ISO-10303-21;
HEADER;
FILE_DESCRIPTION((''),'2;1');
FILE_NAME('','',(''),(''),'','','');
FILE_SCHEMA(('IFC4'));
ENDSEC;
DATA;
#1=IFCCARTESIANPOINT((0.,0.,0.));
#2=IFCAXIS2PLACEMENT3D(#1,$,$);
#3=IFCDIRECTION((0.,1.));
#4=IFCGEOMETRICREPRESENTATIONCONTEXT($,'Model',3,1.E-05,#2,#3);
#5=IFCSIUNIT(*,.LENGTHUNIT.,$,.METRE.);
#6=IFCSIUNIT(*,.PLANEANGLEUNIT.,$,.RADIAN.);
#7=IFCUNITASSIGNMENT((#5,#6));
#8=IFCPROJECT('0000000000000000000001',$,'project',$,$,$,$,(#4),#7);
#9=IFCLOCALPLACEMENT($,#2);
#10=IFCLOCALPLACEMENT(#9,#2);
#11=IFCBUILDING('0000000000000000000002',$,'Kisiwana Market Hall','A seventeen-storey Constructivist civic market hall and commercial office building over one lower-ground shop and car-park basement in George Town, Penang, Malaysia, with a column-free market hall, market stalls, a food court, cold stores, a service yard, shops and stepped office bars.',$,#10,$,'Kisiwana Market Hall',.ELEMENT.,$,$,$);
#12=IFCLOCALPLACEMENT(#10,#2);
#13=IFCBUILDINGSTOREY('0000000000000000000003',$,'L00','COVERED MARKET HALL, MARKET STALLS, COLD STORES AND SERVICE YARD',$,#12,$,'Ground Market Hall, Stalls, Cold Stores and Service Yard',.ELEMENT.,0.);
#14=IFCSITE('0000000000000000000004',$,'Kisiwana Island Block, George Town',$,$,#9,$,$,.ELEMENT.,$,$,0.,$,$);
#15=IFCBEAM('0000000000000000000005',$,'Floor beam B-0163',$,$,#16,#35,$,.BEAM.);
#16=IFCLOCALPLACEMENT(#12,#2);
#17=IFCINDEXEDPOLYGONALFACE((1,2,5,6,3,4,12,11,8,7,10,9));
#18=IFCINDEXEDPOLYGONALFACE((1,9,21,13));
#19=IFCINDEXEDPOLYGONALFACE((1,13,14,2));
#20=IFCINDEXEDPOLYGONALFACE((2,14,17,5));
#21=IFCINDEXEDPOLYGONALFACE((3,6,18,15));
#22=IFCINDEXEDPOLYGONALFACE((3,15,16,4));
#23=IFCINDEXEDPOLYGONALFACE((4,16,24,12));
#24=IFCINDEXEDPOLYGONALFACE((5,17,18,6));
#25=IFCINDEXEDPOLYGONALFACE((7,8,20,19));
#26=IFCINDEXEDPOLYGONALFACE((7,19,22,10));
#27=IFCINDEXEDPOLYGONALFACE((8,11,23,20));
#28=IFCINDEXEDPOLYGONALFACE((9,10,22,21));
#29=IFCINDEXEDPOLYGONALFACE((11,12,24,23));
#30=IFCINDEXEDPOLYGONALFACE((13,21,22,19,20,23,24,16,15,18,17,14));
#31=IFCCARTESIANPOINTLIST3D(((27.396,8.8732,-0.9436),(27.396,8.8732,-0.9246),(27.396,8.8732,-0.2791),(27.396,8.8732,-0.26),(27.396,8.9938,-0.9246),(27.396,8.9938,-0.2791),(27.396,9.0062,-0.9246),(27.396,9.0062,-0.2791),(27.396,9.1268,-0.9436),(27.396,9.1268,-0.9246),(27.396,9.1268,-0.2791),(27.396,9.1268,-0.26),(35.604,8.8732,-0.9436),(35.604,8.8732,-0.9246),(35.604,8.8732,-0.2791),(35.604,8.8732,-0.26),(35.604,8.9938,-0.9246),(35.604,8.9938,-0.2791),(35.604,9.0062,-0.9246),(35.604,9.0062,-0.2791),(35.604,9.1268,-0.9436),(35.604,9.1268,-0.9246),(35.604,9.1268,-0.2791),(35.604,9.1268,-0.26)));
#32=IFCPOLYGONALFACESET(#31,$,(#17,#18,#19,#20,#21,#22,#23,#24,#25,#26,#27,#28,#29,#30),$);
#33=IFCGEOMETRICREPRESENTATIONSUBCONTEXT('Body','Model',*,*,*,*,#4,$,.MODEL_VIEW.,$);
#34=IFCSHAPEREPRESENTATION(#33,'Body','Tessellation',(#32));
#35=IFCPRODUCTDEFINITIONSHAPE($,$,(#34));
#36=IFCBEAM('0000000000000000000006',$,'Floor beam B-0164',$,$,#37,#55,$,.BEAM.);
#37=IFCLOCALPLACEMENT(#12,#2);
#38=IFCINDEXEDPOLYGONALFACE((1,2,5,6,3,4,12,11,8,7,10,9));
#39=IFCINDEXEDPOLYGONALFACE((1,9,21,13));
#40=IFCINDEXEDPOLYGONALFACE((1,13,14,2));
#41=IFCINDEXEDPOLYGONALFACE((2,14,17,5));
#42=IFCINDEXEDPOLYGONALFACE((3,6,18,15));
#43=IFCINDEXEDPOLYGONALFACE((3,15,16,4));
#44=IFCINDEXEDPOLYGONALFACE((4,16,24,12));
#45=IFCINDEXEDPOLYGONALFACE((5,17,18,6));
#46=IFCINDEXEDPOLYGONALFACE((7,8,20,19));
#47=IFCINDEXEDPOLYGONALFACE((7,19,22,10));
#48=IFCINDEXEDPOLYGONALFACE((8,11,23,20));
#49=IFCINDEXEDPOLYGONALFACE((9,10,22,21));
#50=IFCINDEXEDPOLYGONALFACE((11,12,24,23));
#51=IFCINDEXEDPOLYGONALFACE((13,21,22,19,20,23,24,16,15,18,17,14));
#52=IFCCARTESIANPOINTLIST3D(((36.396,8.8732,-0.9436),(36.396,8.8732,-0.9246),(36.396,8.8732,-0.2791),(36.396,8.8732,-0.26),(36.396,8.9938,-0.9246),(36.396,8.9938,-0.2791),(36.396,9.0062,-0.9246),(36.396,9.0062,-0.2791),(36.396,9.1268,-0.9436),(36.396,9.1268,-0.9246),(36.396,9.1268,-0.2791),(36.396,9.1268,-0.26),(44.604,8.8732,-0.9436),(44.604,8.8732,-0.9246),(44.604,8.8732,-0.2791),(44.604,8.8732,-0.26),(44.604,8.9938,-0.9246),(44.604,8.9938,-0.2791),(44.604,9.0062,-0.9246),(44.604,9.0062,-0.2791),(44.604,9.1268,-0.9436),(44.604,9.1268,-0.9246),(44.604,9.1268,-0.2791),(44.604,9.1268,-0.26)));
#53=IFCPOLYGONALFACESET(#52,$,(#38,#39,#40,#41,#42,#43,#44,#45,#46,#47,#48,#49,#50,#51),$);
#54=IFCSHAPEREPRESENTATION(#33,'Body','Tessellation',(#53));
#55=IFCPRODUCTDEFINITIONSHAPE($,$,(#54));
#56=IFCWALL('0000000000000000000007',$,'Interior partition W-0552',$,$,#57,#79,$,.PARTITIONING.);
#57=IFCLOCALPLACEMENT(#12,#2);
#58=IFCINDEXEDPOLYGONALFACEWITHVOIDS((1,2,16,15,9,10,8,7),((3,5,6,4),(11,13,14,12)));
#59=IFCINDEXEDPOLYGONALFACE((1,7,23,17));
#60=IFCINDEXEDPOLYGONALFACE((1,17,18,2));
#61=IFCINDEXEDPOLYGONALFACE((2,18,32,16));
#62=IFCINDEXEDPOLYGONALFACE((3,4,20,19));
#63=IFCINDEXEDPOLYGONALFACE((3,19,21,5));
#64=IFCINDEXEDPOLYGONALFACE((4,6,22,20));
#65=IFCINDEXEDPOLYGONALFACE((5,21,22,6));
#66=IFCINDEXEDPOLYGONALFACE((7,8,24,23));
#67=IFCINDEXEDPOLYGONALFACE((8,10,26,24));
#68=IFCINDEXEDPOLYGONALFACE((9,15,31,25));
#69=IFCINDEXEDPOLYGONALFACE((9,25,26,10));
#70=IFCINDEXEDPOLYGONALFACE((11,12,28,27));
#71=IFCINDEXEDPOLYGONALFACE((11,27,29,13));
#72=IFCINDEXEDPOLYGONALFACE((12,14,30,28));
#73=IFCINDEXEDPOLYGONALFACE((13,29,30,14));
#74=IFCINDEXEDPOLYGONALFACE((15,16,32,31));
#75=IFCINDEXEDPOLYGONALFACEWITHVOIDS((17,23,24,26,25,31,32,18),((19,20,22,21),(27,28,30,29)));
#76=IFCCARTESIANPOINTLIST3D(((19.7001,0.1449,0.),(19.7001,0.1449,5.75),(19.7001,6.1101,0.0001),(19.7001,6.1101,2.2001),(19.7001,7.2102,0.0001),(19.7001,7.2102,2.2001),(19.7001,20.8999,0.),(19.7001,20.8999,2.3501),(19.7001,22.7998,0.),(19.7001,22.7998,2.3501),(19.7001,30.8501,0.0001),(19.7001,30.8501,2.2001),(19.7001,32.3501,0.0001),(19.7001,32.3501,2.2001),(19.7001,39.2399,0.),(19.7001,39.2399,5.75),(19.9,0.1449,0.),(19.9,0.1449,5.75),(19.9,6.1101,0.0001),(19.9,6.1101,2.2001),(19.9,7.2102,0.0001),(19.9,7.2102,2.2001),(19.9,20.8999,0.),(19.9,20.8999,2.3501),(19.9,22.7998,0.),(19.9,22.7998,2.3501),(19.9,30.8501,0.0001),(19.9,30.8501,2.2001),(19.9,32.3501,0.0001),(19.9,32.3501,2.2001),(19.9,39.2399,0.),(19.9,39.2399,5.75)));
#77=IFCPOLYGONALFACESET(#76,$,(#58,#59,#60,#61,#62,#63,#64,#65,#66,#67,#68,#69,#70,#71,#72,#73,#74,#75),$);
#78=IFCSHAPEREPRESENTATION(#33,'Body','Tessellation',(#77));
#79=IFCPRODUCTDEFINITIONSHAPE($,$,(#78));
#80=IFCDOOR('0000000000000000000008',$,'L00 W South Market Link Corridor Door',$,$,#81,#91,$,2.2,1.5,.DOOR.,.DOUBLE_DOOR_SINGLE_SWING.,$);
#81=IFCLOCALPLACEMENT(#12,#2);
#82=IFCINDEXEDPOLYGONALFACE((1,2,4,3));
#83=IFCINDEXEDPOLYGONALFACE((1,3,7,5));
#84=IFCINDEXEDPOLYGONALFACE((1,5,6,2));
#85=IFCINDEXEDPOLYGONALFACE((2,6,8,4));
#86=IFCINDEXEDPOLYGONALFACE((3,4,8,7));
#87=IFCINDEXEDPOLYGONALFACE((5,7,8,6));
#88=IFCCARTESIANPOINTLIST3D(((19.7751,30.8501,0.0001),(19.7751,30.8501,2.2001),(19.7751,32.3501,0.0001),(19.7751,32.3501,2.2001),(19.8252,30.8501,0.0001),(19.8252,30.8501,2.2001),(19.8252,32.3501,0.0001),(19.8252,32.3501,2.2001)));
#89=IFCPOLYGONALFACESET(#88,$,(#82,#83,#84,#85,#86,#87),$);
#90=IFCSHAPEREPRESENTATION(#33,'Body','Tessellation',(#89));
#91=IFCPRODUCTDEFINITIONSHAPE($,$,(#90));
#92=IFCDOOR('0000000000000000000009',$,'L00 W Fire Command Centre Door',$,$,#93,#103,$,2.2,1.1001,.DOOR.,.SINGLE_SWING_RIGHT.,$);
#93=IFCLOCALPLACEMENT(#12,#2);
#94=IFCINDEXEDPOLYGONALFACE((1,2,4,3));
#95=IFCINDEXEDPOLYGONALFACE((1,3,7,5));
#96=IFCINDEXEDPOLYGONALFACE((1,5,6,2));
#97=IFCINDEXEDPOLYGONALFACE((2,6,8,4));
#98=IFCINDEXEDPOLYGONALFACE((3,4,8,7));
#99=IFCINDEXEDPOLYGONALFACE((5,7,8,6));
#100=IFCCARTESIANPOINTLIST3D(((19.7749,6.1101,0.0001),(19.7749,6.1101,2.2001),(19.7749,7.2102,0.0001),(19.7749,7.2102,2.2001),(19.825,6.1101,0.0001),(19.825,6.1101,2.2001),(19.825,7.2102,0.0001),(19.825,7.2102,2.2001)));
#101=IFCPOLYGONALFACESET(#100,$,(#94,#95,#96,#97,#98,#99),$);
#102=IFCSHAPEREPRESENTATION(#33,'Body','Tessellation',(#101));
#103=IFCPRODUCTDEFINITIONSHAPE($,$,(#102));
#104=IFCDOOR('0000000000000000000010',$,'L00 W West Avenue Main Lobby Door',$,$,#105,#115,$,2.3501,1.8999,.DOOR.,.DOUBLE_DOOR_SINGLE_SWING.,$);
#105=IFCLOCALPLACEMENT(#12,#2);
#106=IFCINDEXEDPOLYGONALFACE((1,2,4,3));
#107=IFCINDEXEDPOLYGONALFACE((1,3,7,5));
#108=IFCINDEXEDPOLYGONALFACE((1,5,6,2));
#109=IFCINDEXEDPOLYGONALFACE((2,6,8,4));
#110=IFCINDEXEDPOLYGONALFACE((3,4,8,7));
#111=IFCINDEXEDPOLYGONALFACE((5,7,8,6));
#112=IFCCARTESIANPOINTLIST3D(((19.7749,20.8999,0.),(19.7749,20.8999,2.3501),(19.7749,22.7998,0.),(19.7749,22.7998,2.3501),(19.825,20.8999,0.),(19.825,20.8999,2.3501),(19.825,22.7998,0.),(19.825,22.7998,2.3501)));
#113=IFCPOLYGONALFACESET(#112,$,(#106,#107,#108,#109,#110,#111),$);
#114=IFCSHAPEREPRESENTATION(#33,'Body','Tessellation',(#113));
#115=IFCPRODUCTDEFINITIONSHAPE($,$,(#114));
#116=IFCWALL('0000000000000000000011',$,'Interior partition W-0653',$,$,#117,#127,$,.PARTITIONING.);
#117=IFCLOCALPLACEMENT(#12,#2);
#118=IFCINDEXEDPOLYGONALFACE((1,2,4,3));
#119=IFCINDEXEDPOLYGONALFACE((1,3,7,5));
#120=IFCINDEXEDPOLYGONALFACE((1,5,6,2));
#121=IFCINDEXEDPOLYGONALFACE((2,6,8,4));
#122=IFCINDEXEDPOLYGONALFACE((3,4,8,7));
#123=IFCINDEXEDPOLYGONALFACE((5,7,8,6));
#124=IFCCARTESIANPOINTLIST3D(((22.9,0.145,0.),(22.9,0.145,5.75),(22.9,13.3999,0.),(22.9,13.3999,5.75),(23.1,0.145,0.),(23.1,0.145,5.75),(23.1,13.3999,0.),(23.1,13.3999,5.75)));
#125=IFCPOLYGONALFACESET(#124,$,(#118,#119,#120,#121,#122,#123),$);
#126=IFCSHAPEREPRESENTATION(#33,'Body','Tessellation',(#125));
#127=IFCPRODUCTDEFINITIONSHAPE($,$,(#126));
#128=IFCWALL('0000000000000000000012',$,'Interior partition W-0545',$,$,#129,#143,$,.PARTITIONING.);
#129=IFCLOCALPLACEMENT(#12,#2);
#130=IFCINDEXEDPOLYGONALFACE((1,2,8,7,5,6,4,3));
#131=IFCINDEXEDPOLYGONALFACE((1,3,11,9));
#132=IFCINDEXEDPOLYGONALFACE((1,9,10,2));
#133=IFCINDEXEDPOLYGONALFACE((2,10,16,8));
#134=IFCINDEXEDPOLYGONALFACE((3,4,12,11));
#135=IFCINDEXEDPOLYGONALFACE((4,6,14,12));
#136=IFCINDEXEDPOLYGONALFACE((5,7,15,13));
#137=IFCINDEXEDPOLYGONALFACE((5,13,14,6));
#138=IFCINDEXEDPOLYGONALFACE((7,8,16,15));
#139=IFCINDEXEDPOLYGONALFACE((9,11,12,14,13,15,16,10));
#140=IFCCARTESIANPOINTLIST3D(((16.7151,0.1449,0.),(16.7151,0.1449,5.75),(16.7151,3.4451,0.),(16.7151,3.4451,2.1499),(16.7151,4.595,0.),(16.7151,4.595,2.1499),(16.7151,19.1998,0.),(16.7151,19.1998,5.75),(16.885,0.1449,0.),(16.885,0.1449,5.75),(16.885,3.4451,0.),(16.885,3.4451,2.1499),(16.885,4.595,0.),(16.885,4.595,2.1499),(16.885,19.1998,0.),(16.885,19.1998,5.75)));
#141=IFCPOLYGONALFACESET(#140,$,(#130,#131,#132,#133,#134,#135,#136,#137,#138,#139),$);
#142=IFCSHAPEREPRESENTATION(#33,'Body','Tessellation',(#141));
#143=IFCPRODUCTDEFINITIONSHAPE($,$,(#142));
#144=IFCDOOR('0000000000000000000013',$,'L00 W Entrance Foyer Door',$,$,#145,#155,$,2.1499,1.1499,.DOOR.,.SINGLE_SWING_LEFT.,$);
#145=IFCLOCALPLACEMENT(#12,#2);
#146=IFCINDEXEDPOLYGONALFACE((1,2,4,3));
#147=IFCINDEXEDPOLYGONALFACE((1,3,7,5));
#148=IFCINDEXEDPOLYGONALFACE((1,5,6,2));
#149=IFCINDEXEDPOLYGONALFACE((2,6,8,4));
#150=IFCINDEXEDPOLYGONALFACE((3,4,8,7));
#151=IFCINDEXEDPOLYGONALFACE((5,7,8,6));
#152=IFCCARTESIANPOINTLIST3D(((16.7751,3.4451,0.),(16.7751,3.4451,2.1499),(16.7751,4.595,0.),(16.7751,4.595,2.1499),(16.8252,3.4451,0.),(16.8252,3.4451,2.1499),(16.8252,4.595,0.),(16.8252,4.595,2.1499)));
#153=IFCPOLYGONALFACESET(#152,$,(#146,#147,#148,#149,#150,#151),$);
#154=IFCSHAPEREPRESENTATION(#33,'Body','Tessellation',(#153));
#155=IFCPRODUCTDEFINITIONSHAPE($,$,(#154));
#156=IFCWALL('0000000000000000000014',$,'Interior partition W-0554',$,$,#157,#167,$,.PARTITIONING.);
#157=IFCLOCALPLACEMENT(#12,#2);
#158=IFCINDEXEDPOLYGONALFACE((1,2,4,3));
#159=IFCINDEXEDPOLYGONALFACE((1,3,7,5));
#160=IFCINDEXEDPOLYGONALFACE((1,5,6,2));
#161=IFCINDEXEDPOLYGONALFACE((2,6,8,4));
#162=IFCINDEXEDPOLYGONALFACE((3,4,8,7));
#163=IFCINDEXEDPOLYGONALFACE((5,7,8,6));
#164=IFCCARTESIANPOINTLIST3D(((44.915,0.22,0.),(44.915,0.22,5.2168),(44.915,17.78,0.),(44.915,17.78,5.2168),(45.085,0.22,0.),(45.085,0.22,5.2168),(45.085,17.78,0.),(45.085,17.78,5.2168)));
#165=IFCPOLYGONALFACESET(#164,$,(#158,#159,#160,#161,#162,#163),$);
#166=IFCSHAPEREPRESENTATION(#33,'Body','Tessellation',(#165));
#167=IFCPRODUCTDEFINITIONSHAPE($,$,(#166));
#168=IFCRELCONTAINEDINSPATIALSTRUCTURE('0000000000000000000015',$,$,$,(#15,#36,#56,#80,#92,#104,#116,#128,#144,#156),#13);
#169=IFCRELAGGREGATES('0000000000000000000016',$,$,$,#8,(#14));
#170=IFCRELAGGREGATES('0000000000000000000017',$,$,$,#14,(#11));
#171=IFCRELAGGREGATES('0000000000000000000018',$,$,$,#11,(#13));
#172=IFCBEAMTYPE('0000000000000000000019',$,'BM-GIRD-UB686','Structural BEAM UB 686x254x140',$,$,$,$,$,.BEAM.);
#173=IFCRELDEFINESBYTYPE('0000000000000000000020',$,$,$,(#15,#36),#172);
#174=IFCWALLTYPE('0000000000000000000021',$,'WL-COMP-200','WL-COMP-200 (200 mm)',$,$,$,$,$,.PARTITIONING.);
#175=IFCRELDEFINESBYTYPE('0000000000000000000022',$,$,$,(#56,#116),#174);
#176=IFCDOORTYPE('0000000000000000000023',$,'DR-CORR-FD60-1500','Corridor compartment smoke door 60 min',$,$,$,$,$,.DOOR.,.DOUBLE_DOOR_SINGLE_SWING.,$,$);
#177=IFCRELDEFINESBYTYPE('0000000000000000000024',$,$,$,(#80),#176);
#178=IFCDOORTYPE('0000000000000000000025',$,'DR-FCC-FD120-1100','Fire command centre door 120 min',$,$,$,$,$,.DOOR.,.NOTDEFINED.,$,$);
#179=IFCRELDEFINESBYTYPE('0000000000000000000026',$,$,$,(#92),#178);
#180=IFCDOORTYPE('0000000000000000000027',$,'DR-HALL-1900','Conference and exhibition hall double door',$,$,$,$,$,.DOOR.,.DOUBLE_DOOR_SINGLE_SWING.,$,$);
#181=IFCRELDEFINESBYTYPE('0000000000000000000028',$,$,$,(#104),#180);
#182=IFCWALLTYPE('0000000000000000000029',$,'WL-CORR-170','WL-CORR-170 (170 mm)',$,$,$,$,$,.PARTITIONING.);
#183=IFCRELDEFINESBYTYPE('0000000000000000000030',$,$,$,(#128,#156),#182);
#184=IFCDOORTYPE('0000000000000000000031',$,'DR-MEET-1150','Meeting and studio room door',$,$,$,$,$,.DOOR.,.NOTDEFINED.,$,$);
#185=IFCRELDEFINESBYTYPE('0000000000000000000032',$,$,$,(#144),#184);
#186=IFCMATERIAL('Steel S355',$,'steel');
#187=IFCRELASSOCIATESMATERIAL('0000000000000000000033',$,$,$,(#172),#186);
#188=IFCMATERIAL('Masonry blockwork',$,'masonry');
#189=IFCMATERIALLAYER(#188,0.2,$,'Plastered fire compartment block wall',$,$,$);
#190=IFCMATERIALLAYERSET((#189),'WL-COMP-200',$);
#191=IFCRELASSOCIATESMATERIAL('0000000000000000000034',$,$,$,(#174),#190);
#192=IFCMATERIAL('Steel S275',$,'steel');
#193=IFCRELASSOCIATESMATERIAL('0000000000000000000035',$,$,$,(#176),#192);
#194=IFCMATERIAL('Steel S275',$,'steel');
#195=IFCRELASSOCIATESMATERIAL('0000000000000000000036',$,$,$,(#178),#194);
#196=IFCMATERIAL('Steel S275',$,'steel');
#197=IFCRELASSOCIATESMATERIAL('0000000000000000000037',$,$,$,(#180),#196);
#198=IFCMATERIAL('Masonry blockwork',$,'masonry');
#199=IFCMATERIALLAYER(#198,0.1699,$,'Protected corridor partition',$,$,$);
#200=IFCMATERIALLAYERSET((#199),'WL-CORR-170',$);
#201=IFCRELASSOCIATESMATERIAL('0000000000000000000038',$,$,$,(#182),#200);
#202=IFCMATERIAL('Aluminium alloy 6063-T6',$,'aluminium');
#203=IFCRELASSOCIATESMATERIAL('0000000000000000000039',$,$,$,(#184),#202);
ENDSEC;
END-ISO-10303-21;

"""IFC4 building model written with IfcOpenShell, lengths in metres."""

from ifc_helpers import new_model, si_unit, direction, frame, frame_2d, origin, origin_2d, place, context, subcontext, project, spatial, rectangle, i_section, extrude, material, layer, layer_set, material_profile, profile_set, type_object, element, fill, save


model = new_model("IFC4")

# Units and contexts
model_context = context("Model", 3, precision=1e-05, world=origin(), true_north=direction((0.0, 1.0)))
body_context = subcontext(model_context, "Body", "Model", "MODEL_VIEW")
ifc_project = project(units=[si_unit("LENGTHUNIT", "METRE"), si_unit("PLANEANGLEUNIT", "RADIAN")], contexts=[model_context])

# Site, building, storey
site_placement = place(None, origin())
site = spatial("IfcSite", under=ifc_project, at=site_placement, Name="Kisiwana Island Block, George Town", CompositionType="ELEMENT", RefElevation=0.0)
building_placement = place(site_placement, origin())
building = spatial("IfcBuilding", under=site, at=building_placement, Name="Kisiwana Market Hall", Description="A seventeen-storey Constructivist civic market hall and commercial office building over one lower-ground shop and car-park basement in George Town, Penang, Malaysia, with a column-free market hall, market stalls, a food court, cold stores, a service yard, shops and stepped office bars.", LongName="Kisiwana Market Hall", CompositionType="ELEMENT")
storey_placement = place(building_placement, origin())
storey = spatial("IfcBuildingStorey", under=building, at=storey_placement, Name="L00", Description="COVERED MARKET HALL, MARKET STALLS, COLD STORES AND SERVICE YARD", LongName="Ground Market Hall, Stalls, Cold Stores and Service Yard", CompositionType="ELEMENT", Elevation=0.0)

# Beams
ifc_material_1 = material(Name="Steel S355", Category="steel")
ifc_material_profile_1 = material_profile(ifc_material_1, i_section(OverallWidth=0.2537, OverallDepth=0.6836, WebThickness=0.0125, FlangeThickness=0.019, at=origin_2d()), Name="UB 686x254x140")
ifc_profile_set_1 = profile_set([ifc_material_profile_1], Name="Steel S355")
beam_type_1 = type_object("IfcBeamType", Name="BM-GIRD-UB686", Description="Structural BEAM UB 686x254x140", PredefinedType="BEAM", material=ifc_profile_set_1)
for number, where, z_axis, x_axis, name in (
    (1, (27.396, 9.0, -0.6018), (1.0, 0.0, 0.0), (0.0, 1.0, 0.0), "Floor beam B-0163"),
    (2, (36.396, 9.0, -0.6018), (1.0, 0.0, 0.0), (0.0, 1.0, 0.0), "Floor beam B-0164"),
):
    element("IfcBeam", number, at=place(storey_placement, frame(where, z_axis=z_axis, x_axis=x_axis)), inside=storey, type_object=beam_type_1, Name=name, PredefinedType="BEAM", context=body_context, shape_type="SweptSolid", body=[
        extrude(i_section(OverallWidth=0.2537, OverallDepth=0.6836, WebThickness=0.0125, FlangeThickness=0.019, at=origin_2d()), origin(), (0.0, 0.0, 1.0), 8.208),
    ])

# Wall, openings, doors
ifc_material_2 = material(Name="Masonry blockwork", Category="masonry")
ifc_layer_1 = layer(ifc_material_2, 0.2, Name="Plastered fire compartment block wall")
ifc_layer_set_1 = layer_set([ifc_layer_1], Name="WL-COMP-200")
wall_type_1 = type_object("IfcWallType", Name="WL-COMP-200", Description="WL-COMP-200 (200 mm)", PredefinedType="PARTITIONING", material=ifc_layer_set_1)
wall_1_placement = place(storey_placement, frame((19.8, 0.145, 0.0), z_axis=(0.0, 0.0, 1.0), x_axis=(0.0, 1.0, 0.0)))
wall_1 = element("IfcWall", 3, at=wall_1_placement, inside=storey, type_object=wall_type_1, Name="Interior partition W-0552", PredefinedType="PARTITIONING", context=body_context, shape_type="SweptSolid", body=[
    extrude(rectangle(XDim=39.095, YDim=0.2, at=frame_2d((19.5474, 0.0))), origin(), (0.0, 0.0, 1.0), 5.75),
])
opening_1_placement = place(wall_1_placement, frame((5.9651, 0.0, 0.0)))
opening_1 = element("IfcOpeningElement", 4, at=opening_1_placement, cuts=wall_1, PredefinedType="OPENING", context=body_context, shape_type="SweptSolid", body=[
    extrude(rectangle(XDim=1.1001, YDim=2.2, at=frame_2d((0.55, 1.1001))), frame((0.0, 0.1118, 0.0), z_axis=(0.0, -1.0, 0.0), x_axis=(1.0, 0.0, 0.0)), (0.0, 0.0, 1.0), 0.2239),
])
opening_2_placement = place(wall_1_placement, frame((20.7549, 0.0, 0.0)))
opening_2 = element("IfcOpeningElement", 5, at=opening_2_placement, cuts=wall_1, PredefinedType="OPENING", context=body_context, shape_type="SweptSolid", body=[
    extrude(rectangle(XDim=1.8999, YDim=2.3501, at=frame_2d((0.95, 1.175))), frame((0.0, 0.1118, 0.0), z_axis=(0.0, -1.0, 0.0), x_axis=(1.0, 0.0, 0.0)), (0.0, 0.0, 1.0), 0.2239),
])
opening_3_placement = place(wall_1_placement, frame((30.7051, 0.0, 0.0)))
opening_3 = element("IfcOpeningElement", 6, at=opening_3_placement, cuts=wall_1, PredefinedType="OPENING", context=body_context, shape_type="SweptSolid", body=[
    extrude(rectangle(XDim=1.5, YDim=2.2, at=frame_2d((0.75, 1.1001))), frame((0.0, 0.1118, 0.0), z_axis=(0.0, -1.0, 0.0), x_axis=(1.0, 0.0, 0.0)), (0.0, 0.0, 1.0), 0.2239),
])
ifc_material_3 = material(Name="Steel S275", Category="steel")
door_type_1 = type_object("IfcDoorType", Name="DR-CORR-FD60-1500", Description="Corridor compartment smoke door 60 min", OperationType="DOUBLE_DOOR_SINGLE_SWING", PredefinedType="DOOR", material=ifc_material_3)
door_1_placement = place(opening_3_placement, origin())
door_1 = element("IfcDoor", 7, at=door_1_placement, inside=storey, type_object=door_type_1, Name="L00 W South Market Link Corridor Door", OperationType="DOUBLE_DOOR_SINGLE_SWING", OverallHeight=2.2, OverallWidth=1.5, PredefinedType="DOOR", context=body_context, shape_type="SweptSolid", body=[
    extrude(rectangle(XDim=1.5, YDim=2.2, at=frame_2d((0.75, 1.1001))), frame((0.0, 0.0249, 0.0), z_axis=(0.0, -1.0, 0.0), x_axis=(1.0, 0.0, 0.0)), (0.0, 0.0, 1.0), 0.05),
])
fill(opening_3, door_1)
ifc_material_4 = material(Name="Steel S275", Category="steel")
door_type_2 = type_object("IfcDoorType", Name="DR-FCC-FD120-1100", Description="Fire command centre door 120 min", OperationType="NOTDEFINED", PredefinedType="DOOR", material=ifc_material_4)
door_2_placement = place(opening_1_placement, frame((1.1001, 0.0, 0.0), z_axis=(0.0, 0.0, 1.0), x_axis=(-1.0, 0.0, 0.0)))
door_2 = element("IfcDoor", 8, at=door_2_placement, inside=storey, type_object=door_type_2, Name="L00 W Fire Command Centre Door", OperationType="SINGLE_SWING_RIGHT", OverallHeight=2.2, OverallWidth=1.1001, PredefinedType="DOOR", context=body_context, shape_type="SweptSolid", body=[
    extrude(rectangle(XDim=1.1001, YDim=2.2, at=frame_2d((0.55, 1.1001))), frame((0.0, 0.0249, 0.0), z_axis=(0.0, -1.0, 0.0), x_axis=(1.0, 0.0, 0.0)), (0.0, 0.0, 1.0), 0.05),
])
fill(opening_1, door_2)
ifc_material_5 = material(Name="Steel S275", Category="steel")
door_type_3 = type_object("IfcDoorType", Name="DR-HALL-1900", Description="Conference and exhibition hall double door", OperationType="DOUBLE_DOOR_SINGLE_SWING", PredefinedType="DOOR", material=ifc_material_5)
door_3_placement = place(opening_2_placement, frame((1.8999, 0.0, 0.0), z_axis=(0.0, 0.0, 1.0), x_axis=(-1.0, 0.0, 0.0)))
door_3 = element("IfcDoor", 9, at=door_3_placement, inside=storey, type_object=door_type_3, Name="L00 W West Avenue Main Lobby Door", OperationType="DOUBLE_DOOR_SINGLE_SWING", OverallHeight=2.3501, OverallWidth=1.8999, PredefinedType="DOOR", context=body_context, shape_type="SweptSolid", body=[
    extrude(rectangle(XDim=1.8999, YDim=2.3501, at=frame_2d((0.95, 1.175))), frame((0.0, 0.0249, 0.0), z_axis=(0.0, -1.0, 0.0), x_axis=(1.0, 0.0, 0.0)), (0.0, 0.0, 1.0), 0.05),
])
fill(opening_2, door_3)

# Wall
wall_2_placement = place(storey_placement, frame((23.0, 0.145, 0.0), z_axis=(0.0, 0.0, 1.0), x_axis=(0.0, 1.0, 0.0)))
element("IfcWall", 10, at=wall_2_placement, inside=storey, type_object=wall_type_1, Name="Interior partition W-0653", PredefinedType="PARTITIONING", context=body_context, shape_type="SweptSolid", body=[
    extrude(rectangle(XDim=13.2549, YDim=0.2, at=frame_2d((6.6274, 0.0))), origin(), (0.0, 0.0, 1.0), 5.75),
])

# Wall, opening, door
ifc_material_6 = material(Name="Masonry blockwork", Category="masonry")
ifc_layer_2 = layer(ifc_material_6, 0.1699, Name="Protected corridor partition")
ifc_layer_set_2 = layer_set([ifc_layer_2], Name="WL-CORR-170")
wall_type_2 = type_object("IfcWallType", Name="WL-CORR-170", Description="WL-CORR-170 (170 mm)", PredefinedType="PARTITIONING", material=ifc_layer_set_2)
wall_3_placement = place(storey_placement, frame((16.8, 0.145, 0.0), z_axis=(0.0, 0.0, 1.0), x_axis=(0.0, 1.0, 0.0)))
wall_3 = element("IfcWall", 11, at=wall_3_placement, inside=storey, type_object=wall_type_2, Name="Interior partition W-0545", PredefinedType="PARTITIONING", context=body_context, shape_type="SweptSolid", body=[
    extrude(rectangle(XDim=19.0549, YDim=0.1699, at=frame_2d((9.5273, 0.0))), origin(), (0.0, 0.0, 1.0), 5.75),
])
opening_4_placement = place(wall_3_placement, frame((3.3, 0.0, 0.0)))
opening_4 = element("IfcOpeningElement", 12, at=opening_4_placement, cuts=wall_3, PredefinedType="OPENING", context=body_context, shape_type="SweptSolid", body=[
    extrude(rectangle(XDim=1.1499, YDim=2.1499, at=frame_2d((0.575, 1.075))), frame((0.0, 0.0969, 0.0), z_axis=(0.0, -1.0, 0.0), x_axis=(1.0, 0.0, 0.0)), (0.0, 0.0, 1.0), 0.1938),
])
ifc_material_7 = material(Name="Aluminium alloy 6063-T6", Category="aluminium")
door_type_4 = type_object("IfcDoorType", Name="DR-MEET-1150", Description="Meeting and studio room door", OperationType="NOTDEFINED", PredefinedType="DOOR", material=ifc_material_7)
door_4_placement = place(opening_4_placement, origin())
door_4 = element("IfcDoor", 13, at=door_4_placement, inside=storey, type_object=door_type_4, Name="L00 W Entrance Foyer Door", OperationType="SINGLE_SWING_LEFT", OverallHeight=2.1499, OverallWidth=1.1499, PredefinedType="DOOR", context=body_context, shape_type="SweptSolid", body=[
    extrude(rectangle(XDim=1.1499, YDim=2.1499, at=frame_2d((0.575, 1.075))), frame((0.0, 0.0249, 0.0), z_axis=(0.0, -1.0, 0.0), x_axis=(1.0, 0.0, 0.0)), (0.0, 0.0, 1.0), 0.05),
])
fill(opening_4, door_4)

# Wall
wall_4_placement = place(storey_placement, frame((45.0, 0.22, 0.0), z_axis=(0.0, 0.0, 1.0), x_axis=(0.0, 1.0, 0.0)))
element("IfcWall", 14, at=wall_4_placement, inside=storey, type_object=wall_type_2, Name="Interior partition W-0554", PredefinedType="PARTITIONING", context=body_context, shape_type="SweptSolid", body=[
    extrude(rectangle(XDim=17.5601, YDim=0.1699, at=frame_2d((8.78, 0.0))), origin(), (0.0, 0.0, 1.0), 5.2168),
])

save(model, "model.ifc")
